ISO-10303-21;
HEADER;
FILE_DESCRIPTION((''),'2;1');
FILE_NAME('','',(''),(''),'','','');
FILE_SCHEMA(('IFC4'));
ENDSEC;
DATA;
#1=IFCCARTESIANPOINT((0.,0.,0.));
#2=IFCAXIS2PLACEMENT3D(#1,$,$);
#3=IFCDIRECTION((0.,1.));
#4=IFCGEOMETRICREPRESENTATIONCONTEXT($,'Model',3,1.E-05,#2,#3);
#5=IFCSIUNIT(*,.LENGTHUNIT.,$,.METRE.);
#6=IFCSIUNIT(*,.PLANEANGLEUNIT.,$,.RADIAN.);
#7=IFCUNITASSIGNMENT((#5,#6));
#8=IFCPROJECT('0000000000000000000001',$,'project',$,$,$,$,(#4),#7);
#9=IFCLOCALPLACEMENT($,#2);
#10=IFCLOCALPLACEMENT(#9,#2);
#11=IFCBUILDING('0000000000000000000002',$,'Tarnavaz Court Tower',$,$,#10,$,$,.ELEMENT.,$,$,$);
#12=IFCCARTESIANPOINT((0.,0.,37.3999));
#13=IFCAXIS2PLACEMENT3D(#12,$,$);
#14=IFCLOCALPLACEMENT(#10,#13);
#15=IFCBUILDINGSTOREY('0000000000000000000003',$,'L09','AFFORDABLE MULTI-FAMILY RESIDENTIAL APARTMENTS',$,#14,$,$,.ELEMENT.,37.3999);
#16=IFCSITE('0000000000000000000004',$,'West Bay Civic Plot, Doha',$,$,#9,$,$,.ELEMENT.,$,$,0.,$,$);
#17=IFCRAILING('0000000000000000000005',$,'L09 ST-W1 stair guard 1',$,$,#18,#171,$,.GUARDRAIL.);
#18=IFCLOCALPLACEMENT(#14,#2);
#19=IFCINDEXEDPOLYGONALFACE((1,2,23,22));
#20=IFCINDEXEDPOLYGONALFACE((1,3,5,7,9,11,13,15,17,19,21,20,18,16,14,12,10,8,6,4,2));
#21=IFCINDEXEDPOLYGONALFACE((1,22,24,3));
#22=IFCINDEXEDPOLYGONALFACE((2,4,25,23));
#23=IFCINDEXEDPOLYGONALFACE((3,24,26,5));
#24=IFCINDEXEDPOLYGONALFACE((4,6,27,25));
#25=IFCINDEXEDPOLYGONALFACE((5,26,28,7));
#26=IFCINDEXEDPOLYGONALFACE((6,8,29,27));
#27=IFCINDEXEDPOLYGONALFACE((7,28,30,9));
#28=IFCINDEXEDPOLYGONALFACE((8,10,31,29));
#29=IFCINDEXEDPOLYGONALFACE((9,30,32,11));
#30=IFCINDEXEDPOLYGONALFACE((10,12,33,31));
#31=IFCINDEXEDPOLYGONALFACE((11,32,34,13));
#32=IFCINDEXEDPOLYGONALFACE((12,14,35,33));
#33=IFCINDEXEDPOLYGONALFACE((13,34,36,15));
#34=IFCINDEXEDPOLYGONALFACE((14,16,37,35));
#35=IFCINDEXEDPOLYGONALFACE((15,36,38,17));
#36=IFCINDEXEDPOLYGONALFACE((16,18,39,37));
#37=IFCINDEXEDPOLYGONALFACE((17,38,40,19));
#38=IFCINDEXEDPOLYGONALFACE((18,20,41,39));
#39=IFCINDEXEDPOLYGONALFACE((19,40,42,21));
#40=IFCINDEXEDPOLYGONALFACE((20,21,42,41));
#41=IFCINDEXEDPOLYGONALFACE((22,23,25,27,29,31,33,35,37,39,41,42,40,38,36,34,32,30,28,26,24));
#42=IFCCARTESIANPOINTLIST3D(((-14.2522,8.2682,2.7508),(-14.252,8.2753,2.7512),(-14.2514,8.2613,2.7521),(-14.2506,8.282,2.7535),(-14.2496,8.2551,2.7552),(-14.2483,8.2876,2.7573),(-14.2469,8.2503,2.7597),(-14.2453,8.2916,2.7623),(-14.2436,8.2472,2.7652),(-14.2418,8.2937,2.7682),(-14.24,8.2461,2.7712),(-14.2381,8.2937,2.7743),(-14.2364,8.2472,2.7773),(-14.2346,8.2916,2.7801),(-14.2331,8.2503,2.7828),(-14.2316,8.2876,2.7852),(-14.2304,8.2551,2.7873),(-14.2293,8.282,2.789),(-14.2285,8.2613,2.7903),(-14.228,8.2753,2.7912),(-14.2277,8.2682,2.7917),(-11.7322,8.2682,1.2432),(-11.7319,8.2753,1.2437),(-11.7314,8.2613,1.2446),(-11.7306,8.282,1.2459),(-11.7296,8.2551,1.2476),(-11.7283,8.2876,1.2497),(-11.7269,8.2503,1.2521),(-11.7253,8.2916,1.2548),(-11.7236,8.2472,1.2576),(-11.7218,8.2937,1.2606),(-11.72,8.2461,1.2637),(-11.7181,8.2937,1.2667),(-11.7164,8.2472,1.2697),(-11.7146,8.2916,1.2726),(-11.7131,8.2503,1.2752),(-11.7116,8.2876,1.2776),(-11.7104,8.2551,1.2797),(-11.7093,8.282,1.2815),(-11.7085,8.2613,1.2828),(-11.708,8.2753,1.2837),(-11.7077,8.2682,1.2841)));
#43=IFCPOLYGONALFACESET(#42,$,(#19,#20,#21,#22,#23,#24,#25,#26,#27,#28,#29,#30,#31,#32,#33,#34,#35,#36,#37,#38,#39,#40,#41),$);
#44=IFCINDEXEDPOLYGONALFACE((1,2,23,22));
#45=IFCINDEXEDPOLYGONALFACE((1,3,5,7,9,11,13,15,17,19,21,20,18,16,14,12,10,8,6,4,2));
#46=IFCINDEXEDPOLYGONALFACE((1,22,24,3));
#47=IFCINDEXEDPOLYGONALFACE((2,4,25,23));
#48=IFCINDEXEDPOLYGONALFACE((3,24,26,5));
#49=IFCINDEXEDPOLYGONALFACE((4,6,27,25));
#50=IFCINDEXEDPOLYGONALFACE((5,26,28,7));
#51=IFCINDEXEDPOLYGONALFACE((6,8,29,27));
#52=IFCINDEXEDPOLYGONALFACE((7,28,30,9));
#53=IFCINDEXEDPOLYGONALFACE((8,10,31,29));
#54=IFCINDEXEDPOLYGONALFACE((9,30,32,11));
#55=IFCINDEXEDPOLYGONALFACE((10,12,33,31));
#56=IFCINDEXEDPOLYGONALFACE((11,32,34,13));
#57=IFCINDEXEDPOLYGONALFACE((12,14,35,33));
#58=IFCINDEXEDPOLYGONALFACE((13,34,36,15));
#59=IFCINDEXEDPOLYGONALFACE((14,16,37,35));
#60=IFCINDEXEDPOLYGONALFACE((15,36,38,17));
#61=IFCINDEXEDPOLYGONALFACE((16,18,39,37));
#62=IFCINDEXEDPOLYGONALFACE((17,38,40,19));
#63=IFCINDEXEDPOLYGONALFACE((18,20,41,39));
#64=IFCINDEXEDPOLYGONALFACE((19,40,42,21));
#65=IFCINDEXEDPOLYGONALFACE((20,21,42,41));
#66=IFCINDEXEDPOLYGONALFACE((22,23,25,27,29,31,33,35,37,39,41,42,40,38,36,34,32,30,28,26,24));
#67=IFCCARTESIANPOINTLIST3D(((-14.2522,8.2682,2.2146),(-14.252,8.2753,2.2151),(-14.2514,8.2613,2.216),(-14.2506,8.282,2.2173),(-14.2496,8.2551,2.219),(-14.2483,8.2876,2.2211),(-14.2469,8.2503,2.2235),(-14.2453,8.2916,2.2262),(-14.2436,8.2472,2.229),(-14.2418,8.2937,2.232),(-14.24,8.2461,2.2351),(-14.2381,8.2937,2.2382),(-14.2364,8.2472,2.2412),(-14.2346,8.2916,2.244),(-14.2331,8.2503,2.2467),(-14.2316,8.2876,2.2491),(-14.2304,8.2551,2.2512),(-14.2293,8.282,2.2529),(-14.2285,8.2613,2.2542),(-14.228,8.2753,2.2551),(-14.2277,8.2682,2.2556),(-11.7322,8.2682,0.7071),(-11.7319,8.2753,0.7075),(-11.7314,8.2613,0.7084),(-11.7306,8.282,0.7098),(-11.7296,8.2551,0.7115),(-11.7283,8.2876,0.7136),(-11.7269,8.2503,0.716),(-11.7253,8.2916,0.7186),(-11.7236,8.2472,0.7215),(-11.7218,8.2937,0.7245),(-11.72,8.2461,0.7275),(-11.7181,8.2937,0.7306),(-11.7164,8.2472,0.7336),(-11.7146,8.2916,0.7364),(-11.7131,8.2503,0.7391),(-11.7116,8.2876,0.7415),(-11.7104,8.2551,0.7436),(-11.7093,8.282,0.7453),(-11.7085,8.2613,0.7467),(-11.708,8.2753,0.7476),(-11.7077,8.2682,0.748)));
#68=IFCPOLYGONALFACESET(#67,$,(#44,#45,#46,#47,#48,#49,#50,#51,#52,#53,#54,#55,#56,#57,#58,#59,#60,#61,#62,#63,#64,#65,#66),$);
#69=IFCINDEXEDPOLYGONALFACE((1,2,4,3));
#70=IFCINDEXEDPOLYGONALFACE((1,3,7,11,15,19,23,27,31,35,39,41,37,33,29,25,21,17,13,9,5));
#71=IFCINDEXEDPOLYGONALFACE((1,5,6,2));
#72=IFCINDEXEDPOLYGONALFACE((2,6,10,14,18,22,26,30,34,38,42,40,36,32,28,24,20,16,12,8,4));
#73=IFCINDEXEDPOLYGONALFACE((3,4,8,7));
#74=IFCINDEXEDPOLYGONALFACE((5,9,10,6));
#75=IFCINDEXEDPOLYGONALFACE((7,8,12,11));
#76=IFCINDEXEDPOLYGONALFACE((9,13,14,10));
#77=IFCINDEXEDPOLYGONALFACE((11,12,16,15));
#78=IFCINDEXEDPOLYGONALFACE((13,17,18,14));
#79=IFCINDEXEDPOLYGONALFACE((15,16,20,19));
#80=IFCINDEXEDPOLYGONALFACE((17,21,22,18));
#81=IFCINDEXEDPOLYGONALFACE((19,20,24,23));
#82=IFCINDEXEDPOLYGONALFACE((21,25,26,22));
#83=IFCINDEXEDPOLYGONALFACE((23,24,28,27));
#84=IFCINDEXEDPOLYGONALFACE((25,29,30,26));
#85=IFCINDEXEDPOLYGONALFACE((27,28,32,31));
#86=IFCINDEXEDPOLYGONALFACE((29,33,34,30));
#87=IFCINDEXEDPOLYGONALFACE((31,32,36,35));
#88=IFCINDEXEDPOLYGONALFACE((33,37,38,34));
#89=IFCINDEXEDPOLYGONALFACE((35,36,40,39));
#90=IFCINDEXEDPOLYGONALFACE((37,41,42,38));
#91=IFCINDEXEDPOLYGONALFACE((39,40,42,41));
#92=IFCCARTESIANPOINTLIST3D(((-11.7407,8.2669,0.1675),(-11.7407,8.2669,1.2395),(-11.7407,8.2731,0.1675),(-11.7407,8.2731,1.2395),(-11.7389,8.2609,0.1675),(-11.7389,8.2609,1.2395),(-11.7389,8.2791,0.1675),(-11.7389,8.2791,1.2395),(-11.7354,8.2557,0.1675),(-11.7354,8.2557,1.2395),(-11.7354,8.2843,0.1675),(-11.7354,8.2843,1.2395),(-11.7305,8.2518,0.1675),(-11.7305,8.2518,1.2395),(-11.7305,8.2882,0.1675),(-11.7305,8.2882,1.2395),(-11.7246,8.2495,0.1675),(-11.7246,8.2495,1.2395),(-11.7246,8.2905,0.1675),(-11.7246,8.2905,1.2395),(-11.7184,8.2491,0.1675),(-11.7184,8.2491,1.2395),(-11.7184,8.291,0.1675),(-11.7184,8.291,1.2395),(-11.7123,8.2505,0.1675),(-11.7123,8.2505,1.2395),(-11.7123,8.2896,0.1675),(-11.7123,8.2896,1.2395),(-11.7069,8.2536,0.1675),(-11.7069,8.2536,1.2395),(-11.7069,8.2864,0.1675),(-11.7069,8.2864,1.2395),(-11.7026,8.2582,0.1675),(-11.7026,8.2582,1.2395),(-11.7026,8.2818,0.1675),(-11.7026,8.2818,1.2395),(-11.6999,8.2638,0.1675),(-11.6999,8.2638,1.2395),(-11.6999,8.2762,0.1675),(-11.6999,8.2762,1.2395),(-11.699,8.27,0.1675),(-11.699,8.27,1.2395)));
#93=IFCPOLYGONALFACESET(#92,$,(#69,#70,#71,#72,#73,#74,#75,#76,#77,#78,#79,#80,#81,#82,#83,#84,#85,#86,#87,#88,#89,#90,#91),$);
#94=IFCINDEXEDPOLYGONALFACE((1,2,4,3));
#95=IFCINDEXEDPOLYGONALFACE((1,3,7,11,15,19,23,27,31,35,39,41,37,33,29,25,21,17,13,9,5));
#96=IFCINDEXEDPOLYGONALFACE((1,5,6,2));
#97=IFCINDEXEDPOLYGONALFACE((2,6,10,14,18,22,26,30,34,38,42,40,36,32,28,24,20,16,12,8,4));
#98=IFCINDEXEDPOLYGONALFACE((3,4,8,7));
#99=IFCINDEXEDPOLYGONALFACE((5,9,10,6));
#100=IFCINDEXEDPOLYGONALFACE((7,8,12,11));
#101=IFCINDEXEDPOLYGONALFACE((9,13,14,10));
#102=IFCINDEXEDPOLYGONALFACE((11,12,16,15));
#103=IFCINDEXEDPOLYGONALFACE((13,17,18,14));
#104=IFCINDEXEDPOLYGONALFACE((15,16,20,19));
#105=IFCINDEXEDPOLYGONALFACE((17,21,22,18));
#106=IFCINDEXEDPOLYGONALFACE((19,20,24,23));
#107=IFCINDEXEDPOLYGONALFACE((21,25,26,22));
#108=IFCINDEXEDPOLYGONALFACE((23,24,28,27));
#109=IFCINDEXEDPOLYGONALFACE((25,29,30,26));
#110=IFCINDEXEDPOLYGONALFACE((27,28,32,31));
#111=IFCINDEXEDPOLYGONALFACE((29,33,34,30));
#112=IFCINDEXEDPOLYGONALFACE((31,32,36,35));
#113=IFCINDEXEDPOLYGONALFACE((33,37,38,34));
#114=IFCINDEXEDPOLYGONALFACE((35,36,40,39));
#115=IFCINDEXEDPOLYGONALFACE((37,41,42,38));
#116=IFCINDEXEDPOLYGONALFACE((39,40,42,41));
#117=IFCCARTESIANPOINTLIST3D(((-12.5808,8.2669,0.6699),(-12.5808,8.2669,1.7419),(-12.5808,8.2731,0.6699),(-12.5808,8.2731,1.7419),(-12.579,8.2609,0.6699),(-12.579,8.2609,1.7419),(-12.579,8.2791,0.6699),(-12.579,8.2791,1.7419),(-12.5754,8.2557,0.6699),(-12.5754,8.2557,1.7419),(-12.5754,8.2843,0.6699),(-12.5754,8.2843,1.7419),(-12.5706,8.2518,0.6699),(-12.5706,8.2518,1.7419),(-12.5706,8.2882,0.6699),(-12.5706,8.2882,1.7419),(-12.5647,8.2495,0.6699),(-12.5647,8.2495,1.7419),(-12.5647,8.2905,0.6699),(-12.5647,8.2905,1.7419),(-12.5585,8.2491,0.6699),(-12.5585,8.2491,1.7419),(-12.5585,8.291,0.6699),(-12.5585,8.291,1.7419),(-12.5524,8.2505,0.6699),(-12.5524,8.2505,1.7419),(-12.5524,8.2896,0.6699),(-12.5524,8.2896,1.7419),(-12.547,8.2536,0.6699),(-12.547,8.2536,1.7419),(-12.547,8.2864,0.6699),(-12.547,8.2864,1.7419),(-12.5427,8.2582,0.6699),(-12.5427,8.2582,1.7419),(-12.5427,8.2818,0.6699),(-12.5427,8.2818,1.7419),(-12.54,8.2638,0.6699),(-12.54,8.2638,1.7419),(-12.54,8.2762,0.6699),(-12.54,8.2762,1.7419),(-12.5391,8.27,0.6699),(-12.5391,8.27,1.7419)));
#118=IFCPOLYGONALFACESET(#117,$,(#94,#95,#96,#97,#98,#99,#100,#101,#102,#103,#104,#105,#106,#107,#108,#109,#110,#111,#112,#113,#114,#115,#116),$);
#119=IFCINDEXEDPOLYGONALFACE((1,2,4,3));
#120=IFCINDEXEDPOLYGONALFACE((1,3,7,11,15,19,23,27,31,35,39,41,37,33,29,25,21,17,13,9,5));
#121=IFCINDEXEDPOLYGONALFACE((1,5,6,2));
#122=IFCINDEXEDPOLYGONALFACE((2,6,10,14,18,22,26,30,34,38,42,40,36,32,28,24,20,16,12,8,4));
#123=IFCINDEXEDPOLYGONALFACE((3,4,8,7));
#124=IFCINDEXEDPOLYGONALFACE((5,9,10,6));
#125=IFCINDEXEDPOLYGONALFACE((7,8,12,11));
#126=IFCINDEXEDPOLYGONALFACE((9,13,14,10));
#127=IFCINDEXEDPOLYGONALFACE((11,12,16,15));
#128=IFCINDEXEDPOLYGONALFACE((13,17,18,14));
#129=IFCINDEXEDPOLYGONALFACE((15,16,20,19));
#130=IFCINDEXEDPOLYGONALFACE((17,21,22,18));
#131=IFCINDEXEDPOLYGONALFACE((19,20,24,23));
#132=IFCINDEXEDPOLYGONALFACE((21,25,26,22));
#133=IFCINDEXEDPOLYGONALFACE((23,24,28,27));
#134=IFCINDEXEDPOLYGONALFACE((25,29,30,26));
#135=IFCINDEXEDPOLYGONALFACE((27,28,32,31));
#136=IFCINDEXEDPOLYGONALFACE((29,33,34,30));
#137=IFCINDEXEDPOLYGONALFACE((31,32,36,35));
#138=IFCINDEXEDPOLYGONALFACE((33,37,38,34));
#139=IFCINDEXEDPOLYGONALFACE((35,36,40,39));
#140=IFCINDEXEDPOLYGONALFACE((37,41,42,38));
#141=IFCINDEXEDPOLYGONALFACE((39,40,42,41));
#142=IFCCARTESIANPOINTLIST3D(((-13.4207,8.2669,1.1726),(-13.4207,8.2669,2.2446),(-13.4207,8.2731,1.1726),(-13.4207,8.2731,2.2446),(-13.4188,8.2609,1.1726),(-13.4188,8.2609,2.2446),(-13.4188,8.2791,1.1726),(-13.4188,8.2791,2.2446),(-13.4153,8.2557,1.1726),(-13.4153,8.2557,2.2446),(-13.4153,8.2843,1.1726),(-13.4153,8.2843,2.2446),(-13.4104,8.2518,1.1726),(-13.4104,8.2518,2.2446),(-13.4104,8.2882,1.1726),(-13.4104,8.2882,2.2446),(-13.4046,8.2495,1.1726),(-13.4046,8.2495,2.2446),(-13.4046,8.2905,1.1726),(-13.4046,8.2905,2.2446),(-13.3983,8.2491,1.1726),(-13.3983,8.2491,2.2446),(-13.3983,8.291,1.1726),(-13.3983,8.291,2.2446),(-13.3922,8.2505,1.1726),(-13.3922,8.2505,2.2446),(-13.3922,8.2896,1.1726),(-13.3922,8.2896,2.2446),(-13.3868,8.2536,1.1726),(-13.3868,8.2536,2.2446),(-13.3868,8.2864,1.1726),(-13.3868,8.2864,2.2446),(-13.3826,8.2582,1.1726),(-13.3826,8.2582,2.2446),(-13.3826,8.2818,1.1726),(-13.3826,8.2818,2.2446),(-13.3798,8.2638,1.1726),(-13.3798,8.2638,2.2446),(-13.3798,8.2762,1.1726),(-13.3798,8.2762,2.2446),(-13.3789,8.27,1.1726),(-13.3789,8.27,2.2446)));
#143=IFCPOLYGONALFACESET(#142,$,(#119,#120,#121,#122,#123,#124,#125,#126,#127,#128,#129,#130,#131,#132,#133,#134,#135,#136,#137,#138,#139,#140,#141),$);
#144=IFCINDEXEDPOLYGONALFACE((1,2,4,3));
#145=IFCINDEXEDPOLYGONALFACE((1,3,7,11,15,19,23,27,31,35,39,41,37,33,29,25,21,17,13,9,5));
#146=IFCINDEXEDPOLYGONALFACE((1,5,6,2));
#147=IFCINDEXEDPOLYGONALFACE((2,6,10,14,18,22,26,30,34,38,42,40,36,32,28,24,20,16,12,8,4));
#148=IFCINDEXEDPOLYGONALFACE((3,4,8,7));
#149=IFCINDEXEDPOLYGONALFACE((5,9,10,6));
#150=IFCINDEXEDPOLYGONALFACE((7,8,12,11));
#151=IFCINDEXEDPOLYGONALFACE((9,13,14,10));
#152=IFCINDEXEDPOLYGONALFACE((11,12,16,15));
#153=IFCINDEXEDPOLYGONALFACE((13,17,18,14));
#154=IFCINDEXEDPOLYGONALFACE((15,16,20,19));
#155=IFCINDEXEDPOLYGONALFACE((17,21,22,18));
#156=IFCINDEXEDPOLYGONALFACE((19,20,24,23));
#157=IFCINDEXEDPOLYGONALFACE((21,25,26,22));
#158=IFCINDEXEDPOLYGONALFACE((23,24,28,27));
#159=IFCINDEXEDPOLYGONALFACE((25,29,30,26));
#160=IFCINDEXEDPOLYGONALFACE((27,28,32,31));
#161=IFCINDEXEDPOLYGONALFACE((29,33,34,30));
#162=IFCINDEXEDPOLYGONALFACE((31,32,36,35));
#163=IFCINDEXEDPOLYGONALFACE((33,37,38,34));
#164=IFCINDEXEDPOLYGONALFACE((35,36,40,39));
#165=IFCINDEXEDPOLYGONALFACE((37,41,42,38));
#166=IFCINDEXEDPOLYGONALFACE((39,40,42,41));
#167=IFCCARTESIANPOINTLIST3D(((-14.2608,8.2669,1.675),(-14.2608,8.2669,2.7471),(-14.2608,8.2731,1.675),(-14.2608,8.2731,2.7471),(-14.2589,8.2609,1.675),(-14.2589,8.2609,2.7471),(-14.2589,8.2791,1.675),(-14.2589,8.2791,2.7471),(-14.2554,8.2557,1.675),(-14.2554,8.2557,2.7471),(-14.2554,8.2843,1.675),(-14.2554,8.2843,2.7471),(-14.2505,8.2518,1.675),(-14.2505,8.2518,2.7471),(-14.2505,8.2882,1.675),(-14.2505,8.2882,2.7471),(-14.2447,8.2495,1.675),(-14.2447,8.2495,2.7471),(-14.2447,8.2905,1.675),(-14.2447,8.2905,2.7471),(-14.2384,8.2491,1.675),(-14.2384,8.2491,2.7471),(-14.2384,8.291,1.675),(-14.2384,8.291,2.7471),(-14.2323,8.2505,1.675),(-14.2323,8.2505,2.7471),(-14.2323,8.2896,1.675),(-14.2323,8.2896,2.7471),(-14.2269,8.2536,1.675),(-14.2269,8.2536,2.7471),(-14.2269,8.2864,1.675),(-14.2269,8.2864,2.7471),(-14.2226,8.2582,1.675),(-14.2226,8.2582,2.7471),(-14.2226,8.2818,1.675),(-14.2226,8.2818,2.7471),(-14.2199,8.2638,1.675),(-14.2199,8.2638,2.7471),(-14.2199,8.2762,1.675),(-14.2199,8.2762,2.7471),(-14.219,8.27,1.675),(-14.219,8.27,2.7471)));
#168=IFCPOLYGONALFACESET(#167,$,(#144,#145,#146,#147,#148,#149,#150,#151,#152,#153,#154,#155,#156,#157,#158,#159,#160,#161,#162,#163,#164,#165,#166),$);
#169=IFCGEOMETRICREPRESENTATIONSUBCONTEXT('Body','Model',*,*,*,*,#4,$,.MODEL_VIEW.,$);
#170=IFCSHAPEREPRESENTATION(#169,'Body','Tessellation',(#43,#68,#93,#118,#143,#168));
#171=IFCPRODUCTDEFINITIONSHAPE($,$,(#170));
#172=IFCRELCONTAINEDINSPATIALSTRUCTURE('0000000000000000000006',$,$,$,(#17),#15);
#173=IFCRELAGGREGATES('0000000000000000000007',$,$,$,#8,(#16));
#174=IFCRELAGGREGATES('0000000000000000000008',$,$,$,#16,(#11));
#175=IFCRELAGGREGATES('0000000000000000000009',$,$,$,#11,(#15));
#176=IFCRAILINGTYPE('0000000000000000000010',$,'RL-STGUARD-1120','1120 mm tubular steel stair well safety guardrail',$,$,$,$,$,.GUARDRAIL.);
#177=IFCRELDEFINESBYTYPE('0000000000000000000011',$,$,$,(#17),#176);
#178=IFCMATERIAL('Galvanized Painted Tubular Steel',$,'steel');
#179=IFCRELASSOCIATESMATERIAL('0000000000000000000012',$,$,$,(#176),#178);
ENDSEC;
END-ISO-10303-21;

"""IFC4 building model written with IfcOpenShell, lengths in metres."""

from ifc_helpers import new_model, si_unit, direction, frame, origin, origin_2d, place, context, subcontext, project, spatial, circle, extrude, material, type_object, element, save


model = new_model("IFC4")

# Units and contexts
model_context = context("Model", 3, precision=1e-05, world=origin(), true_north=direction((0.0, 1.0)))
body_context = subcontext(model_context, "Body", "Model", "MODEL_VIEW")
ifc_project = project(units=[si_unit("LENGTHUNIT", "METRE"), si_unit("PLANEANGLEUNIT", "RADIAN")], contexts=[model_context])

# Site, building, storey
site_placement = place(None, origin())
site = spatial("IfcSite", under=ifc_project, at=site_placement, Name="West Bay Civic Plot, Doha", CompositionType="ELEMENT", RefElevation=0.0)
building_placement = place(site_placement, origin())
building = spatial("IfcBuilding", under=site, at=building_placement, Name="Tarnavaz Court Tower", CompositionType="ELEMENT")
storey_placement = place(building_placement, frame((0.0, 0.0, 37.3999)))
storey = spatial("IfcBuildingStorey", under=building, at=storey_placement, Name="L09", Description="AFFORDABLE MULTI-FAMILY RESIDENTIAL APARTMENTS", CompositionType="ELEMENT", Elevation=37.3999)

# Railing
ifc_material_1 = material(Name="Galvanized Painted Tubular Steel", Category="steel")
railing_type_1 = type_object("IfcRailingType", Name="RL-STGUARD-1120", Description="1120 mm tubular steel stair well safety guardrail", PredefinedType="GUARDRAIL", material=ifc_material_1)
railing_1_placement = place(storey_placement, frame((-11.72, 8.27, 0.1675)))
element("IfcRailing", 1, at=railing_1_placement, inside=storey, type_object=railing_type_1, Name="L09 ST-W1 stair guard 1", PredefinedType="GUARDRAIL", context=body_context, shape_type="SweptSolid", body=[
    extrude(circle(Radius=0.0239, at=origin_2d()), frame((0.0, 0.0, 1.0962), z_axis=(-0.85816, 0.0, 0.513383), x_axis=(0.0, -1.0, 0.0)), (0.0, 0.0, 1.0), 2.9365),
    extrude(circle(Radius=0.0239, at=origin_2d()), frame((0.0, 0.0, 0.5601), z_axis=(-0.85816, 0.0, 0.513383), x_axis=(0.0, -1.0, 0.0)), (0.0, 0.0, 1.0), 2.9365),
    extrude(circle(Radius=0.021, at=origin_2d()), origin(), (0.0, 0.0, 1.0), 1.072),
    extrude(circle(Radius=0.021, at=origin_2d()), frame((-0.8401, 0.0, 0.5024)), (0.0, 0.0, 1.0), 1.072),
    extrude(circle(Radius=0.021, at=origin_2d()), frame((-1.6799, 0.0, 1.0051)), (0.0, 0.0, 1.0), 1.072),
    extrude(circle(Radius=0.021, at=origin_2d()), frame((-2.52, 0.0, 1.5076)), (0.0, 0.0, 1.0), 1.072),
])

save(model, "model.ifc")
